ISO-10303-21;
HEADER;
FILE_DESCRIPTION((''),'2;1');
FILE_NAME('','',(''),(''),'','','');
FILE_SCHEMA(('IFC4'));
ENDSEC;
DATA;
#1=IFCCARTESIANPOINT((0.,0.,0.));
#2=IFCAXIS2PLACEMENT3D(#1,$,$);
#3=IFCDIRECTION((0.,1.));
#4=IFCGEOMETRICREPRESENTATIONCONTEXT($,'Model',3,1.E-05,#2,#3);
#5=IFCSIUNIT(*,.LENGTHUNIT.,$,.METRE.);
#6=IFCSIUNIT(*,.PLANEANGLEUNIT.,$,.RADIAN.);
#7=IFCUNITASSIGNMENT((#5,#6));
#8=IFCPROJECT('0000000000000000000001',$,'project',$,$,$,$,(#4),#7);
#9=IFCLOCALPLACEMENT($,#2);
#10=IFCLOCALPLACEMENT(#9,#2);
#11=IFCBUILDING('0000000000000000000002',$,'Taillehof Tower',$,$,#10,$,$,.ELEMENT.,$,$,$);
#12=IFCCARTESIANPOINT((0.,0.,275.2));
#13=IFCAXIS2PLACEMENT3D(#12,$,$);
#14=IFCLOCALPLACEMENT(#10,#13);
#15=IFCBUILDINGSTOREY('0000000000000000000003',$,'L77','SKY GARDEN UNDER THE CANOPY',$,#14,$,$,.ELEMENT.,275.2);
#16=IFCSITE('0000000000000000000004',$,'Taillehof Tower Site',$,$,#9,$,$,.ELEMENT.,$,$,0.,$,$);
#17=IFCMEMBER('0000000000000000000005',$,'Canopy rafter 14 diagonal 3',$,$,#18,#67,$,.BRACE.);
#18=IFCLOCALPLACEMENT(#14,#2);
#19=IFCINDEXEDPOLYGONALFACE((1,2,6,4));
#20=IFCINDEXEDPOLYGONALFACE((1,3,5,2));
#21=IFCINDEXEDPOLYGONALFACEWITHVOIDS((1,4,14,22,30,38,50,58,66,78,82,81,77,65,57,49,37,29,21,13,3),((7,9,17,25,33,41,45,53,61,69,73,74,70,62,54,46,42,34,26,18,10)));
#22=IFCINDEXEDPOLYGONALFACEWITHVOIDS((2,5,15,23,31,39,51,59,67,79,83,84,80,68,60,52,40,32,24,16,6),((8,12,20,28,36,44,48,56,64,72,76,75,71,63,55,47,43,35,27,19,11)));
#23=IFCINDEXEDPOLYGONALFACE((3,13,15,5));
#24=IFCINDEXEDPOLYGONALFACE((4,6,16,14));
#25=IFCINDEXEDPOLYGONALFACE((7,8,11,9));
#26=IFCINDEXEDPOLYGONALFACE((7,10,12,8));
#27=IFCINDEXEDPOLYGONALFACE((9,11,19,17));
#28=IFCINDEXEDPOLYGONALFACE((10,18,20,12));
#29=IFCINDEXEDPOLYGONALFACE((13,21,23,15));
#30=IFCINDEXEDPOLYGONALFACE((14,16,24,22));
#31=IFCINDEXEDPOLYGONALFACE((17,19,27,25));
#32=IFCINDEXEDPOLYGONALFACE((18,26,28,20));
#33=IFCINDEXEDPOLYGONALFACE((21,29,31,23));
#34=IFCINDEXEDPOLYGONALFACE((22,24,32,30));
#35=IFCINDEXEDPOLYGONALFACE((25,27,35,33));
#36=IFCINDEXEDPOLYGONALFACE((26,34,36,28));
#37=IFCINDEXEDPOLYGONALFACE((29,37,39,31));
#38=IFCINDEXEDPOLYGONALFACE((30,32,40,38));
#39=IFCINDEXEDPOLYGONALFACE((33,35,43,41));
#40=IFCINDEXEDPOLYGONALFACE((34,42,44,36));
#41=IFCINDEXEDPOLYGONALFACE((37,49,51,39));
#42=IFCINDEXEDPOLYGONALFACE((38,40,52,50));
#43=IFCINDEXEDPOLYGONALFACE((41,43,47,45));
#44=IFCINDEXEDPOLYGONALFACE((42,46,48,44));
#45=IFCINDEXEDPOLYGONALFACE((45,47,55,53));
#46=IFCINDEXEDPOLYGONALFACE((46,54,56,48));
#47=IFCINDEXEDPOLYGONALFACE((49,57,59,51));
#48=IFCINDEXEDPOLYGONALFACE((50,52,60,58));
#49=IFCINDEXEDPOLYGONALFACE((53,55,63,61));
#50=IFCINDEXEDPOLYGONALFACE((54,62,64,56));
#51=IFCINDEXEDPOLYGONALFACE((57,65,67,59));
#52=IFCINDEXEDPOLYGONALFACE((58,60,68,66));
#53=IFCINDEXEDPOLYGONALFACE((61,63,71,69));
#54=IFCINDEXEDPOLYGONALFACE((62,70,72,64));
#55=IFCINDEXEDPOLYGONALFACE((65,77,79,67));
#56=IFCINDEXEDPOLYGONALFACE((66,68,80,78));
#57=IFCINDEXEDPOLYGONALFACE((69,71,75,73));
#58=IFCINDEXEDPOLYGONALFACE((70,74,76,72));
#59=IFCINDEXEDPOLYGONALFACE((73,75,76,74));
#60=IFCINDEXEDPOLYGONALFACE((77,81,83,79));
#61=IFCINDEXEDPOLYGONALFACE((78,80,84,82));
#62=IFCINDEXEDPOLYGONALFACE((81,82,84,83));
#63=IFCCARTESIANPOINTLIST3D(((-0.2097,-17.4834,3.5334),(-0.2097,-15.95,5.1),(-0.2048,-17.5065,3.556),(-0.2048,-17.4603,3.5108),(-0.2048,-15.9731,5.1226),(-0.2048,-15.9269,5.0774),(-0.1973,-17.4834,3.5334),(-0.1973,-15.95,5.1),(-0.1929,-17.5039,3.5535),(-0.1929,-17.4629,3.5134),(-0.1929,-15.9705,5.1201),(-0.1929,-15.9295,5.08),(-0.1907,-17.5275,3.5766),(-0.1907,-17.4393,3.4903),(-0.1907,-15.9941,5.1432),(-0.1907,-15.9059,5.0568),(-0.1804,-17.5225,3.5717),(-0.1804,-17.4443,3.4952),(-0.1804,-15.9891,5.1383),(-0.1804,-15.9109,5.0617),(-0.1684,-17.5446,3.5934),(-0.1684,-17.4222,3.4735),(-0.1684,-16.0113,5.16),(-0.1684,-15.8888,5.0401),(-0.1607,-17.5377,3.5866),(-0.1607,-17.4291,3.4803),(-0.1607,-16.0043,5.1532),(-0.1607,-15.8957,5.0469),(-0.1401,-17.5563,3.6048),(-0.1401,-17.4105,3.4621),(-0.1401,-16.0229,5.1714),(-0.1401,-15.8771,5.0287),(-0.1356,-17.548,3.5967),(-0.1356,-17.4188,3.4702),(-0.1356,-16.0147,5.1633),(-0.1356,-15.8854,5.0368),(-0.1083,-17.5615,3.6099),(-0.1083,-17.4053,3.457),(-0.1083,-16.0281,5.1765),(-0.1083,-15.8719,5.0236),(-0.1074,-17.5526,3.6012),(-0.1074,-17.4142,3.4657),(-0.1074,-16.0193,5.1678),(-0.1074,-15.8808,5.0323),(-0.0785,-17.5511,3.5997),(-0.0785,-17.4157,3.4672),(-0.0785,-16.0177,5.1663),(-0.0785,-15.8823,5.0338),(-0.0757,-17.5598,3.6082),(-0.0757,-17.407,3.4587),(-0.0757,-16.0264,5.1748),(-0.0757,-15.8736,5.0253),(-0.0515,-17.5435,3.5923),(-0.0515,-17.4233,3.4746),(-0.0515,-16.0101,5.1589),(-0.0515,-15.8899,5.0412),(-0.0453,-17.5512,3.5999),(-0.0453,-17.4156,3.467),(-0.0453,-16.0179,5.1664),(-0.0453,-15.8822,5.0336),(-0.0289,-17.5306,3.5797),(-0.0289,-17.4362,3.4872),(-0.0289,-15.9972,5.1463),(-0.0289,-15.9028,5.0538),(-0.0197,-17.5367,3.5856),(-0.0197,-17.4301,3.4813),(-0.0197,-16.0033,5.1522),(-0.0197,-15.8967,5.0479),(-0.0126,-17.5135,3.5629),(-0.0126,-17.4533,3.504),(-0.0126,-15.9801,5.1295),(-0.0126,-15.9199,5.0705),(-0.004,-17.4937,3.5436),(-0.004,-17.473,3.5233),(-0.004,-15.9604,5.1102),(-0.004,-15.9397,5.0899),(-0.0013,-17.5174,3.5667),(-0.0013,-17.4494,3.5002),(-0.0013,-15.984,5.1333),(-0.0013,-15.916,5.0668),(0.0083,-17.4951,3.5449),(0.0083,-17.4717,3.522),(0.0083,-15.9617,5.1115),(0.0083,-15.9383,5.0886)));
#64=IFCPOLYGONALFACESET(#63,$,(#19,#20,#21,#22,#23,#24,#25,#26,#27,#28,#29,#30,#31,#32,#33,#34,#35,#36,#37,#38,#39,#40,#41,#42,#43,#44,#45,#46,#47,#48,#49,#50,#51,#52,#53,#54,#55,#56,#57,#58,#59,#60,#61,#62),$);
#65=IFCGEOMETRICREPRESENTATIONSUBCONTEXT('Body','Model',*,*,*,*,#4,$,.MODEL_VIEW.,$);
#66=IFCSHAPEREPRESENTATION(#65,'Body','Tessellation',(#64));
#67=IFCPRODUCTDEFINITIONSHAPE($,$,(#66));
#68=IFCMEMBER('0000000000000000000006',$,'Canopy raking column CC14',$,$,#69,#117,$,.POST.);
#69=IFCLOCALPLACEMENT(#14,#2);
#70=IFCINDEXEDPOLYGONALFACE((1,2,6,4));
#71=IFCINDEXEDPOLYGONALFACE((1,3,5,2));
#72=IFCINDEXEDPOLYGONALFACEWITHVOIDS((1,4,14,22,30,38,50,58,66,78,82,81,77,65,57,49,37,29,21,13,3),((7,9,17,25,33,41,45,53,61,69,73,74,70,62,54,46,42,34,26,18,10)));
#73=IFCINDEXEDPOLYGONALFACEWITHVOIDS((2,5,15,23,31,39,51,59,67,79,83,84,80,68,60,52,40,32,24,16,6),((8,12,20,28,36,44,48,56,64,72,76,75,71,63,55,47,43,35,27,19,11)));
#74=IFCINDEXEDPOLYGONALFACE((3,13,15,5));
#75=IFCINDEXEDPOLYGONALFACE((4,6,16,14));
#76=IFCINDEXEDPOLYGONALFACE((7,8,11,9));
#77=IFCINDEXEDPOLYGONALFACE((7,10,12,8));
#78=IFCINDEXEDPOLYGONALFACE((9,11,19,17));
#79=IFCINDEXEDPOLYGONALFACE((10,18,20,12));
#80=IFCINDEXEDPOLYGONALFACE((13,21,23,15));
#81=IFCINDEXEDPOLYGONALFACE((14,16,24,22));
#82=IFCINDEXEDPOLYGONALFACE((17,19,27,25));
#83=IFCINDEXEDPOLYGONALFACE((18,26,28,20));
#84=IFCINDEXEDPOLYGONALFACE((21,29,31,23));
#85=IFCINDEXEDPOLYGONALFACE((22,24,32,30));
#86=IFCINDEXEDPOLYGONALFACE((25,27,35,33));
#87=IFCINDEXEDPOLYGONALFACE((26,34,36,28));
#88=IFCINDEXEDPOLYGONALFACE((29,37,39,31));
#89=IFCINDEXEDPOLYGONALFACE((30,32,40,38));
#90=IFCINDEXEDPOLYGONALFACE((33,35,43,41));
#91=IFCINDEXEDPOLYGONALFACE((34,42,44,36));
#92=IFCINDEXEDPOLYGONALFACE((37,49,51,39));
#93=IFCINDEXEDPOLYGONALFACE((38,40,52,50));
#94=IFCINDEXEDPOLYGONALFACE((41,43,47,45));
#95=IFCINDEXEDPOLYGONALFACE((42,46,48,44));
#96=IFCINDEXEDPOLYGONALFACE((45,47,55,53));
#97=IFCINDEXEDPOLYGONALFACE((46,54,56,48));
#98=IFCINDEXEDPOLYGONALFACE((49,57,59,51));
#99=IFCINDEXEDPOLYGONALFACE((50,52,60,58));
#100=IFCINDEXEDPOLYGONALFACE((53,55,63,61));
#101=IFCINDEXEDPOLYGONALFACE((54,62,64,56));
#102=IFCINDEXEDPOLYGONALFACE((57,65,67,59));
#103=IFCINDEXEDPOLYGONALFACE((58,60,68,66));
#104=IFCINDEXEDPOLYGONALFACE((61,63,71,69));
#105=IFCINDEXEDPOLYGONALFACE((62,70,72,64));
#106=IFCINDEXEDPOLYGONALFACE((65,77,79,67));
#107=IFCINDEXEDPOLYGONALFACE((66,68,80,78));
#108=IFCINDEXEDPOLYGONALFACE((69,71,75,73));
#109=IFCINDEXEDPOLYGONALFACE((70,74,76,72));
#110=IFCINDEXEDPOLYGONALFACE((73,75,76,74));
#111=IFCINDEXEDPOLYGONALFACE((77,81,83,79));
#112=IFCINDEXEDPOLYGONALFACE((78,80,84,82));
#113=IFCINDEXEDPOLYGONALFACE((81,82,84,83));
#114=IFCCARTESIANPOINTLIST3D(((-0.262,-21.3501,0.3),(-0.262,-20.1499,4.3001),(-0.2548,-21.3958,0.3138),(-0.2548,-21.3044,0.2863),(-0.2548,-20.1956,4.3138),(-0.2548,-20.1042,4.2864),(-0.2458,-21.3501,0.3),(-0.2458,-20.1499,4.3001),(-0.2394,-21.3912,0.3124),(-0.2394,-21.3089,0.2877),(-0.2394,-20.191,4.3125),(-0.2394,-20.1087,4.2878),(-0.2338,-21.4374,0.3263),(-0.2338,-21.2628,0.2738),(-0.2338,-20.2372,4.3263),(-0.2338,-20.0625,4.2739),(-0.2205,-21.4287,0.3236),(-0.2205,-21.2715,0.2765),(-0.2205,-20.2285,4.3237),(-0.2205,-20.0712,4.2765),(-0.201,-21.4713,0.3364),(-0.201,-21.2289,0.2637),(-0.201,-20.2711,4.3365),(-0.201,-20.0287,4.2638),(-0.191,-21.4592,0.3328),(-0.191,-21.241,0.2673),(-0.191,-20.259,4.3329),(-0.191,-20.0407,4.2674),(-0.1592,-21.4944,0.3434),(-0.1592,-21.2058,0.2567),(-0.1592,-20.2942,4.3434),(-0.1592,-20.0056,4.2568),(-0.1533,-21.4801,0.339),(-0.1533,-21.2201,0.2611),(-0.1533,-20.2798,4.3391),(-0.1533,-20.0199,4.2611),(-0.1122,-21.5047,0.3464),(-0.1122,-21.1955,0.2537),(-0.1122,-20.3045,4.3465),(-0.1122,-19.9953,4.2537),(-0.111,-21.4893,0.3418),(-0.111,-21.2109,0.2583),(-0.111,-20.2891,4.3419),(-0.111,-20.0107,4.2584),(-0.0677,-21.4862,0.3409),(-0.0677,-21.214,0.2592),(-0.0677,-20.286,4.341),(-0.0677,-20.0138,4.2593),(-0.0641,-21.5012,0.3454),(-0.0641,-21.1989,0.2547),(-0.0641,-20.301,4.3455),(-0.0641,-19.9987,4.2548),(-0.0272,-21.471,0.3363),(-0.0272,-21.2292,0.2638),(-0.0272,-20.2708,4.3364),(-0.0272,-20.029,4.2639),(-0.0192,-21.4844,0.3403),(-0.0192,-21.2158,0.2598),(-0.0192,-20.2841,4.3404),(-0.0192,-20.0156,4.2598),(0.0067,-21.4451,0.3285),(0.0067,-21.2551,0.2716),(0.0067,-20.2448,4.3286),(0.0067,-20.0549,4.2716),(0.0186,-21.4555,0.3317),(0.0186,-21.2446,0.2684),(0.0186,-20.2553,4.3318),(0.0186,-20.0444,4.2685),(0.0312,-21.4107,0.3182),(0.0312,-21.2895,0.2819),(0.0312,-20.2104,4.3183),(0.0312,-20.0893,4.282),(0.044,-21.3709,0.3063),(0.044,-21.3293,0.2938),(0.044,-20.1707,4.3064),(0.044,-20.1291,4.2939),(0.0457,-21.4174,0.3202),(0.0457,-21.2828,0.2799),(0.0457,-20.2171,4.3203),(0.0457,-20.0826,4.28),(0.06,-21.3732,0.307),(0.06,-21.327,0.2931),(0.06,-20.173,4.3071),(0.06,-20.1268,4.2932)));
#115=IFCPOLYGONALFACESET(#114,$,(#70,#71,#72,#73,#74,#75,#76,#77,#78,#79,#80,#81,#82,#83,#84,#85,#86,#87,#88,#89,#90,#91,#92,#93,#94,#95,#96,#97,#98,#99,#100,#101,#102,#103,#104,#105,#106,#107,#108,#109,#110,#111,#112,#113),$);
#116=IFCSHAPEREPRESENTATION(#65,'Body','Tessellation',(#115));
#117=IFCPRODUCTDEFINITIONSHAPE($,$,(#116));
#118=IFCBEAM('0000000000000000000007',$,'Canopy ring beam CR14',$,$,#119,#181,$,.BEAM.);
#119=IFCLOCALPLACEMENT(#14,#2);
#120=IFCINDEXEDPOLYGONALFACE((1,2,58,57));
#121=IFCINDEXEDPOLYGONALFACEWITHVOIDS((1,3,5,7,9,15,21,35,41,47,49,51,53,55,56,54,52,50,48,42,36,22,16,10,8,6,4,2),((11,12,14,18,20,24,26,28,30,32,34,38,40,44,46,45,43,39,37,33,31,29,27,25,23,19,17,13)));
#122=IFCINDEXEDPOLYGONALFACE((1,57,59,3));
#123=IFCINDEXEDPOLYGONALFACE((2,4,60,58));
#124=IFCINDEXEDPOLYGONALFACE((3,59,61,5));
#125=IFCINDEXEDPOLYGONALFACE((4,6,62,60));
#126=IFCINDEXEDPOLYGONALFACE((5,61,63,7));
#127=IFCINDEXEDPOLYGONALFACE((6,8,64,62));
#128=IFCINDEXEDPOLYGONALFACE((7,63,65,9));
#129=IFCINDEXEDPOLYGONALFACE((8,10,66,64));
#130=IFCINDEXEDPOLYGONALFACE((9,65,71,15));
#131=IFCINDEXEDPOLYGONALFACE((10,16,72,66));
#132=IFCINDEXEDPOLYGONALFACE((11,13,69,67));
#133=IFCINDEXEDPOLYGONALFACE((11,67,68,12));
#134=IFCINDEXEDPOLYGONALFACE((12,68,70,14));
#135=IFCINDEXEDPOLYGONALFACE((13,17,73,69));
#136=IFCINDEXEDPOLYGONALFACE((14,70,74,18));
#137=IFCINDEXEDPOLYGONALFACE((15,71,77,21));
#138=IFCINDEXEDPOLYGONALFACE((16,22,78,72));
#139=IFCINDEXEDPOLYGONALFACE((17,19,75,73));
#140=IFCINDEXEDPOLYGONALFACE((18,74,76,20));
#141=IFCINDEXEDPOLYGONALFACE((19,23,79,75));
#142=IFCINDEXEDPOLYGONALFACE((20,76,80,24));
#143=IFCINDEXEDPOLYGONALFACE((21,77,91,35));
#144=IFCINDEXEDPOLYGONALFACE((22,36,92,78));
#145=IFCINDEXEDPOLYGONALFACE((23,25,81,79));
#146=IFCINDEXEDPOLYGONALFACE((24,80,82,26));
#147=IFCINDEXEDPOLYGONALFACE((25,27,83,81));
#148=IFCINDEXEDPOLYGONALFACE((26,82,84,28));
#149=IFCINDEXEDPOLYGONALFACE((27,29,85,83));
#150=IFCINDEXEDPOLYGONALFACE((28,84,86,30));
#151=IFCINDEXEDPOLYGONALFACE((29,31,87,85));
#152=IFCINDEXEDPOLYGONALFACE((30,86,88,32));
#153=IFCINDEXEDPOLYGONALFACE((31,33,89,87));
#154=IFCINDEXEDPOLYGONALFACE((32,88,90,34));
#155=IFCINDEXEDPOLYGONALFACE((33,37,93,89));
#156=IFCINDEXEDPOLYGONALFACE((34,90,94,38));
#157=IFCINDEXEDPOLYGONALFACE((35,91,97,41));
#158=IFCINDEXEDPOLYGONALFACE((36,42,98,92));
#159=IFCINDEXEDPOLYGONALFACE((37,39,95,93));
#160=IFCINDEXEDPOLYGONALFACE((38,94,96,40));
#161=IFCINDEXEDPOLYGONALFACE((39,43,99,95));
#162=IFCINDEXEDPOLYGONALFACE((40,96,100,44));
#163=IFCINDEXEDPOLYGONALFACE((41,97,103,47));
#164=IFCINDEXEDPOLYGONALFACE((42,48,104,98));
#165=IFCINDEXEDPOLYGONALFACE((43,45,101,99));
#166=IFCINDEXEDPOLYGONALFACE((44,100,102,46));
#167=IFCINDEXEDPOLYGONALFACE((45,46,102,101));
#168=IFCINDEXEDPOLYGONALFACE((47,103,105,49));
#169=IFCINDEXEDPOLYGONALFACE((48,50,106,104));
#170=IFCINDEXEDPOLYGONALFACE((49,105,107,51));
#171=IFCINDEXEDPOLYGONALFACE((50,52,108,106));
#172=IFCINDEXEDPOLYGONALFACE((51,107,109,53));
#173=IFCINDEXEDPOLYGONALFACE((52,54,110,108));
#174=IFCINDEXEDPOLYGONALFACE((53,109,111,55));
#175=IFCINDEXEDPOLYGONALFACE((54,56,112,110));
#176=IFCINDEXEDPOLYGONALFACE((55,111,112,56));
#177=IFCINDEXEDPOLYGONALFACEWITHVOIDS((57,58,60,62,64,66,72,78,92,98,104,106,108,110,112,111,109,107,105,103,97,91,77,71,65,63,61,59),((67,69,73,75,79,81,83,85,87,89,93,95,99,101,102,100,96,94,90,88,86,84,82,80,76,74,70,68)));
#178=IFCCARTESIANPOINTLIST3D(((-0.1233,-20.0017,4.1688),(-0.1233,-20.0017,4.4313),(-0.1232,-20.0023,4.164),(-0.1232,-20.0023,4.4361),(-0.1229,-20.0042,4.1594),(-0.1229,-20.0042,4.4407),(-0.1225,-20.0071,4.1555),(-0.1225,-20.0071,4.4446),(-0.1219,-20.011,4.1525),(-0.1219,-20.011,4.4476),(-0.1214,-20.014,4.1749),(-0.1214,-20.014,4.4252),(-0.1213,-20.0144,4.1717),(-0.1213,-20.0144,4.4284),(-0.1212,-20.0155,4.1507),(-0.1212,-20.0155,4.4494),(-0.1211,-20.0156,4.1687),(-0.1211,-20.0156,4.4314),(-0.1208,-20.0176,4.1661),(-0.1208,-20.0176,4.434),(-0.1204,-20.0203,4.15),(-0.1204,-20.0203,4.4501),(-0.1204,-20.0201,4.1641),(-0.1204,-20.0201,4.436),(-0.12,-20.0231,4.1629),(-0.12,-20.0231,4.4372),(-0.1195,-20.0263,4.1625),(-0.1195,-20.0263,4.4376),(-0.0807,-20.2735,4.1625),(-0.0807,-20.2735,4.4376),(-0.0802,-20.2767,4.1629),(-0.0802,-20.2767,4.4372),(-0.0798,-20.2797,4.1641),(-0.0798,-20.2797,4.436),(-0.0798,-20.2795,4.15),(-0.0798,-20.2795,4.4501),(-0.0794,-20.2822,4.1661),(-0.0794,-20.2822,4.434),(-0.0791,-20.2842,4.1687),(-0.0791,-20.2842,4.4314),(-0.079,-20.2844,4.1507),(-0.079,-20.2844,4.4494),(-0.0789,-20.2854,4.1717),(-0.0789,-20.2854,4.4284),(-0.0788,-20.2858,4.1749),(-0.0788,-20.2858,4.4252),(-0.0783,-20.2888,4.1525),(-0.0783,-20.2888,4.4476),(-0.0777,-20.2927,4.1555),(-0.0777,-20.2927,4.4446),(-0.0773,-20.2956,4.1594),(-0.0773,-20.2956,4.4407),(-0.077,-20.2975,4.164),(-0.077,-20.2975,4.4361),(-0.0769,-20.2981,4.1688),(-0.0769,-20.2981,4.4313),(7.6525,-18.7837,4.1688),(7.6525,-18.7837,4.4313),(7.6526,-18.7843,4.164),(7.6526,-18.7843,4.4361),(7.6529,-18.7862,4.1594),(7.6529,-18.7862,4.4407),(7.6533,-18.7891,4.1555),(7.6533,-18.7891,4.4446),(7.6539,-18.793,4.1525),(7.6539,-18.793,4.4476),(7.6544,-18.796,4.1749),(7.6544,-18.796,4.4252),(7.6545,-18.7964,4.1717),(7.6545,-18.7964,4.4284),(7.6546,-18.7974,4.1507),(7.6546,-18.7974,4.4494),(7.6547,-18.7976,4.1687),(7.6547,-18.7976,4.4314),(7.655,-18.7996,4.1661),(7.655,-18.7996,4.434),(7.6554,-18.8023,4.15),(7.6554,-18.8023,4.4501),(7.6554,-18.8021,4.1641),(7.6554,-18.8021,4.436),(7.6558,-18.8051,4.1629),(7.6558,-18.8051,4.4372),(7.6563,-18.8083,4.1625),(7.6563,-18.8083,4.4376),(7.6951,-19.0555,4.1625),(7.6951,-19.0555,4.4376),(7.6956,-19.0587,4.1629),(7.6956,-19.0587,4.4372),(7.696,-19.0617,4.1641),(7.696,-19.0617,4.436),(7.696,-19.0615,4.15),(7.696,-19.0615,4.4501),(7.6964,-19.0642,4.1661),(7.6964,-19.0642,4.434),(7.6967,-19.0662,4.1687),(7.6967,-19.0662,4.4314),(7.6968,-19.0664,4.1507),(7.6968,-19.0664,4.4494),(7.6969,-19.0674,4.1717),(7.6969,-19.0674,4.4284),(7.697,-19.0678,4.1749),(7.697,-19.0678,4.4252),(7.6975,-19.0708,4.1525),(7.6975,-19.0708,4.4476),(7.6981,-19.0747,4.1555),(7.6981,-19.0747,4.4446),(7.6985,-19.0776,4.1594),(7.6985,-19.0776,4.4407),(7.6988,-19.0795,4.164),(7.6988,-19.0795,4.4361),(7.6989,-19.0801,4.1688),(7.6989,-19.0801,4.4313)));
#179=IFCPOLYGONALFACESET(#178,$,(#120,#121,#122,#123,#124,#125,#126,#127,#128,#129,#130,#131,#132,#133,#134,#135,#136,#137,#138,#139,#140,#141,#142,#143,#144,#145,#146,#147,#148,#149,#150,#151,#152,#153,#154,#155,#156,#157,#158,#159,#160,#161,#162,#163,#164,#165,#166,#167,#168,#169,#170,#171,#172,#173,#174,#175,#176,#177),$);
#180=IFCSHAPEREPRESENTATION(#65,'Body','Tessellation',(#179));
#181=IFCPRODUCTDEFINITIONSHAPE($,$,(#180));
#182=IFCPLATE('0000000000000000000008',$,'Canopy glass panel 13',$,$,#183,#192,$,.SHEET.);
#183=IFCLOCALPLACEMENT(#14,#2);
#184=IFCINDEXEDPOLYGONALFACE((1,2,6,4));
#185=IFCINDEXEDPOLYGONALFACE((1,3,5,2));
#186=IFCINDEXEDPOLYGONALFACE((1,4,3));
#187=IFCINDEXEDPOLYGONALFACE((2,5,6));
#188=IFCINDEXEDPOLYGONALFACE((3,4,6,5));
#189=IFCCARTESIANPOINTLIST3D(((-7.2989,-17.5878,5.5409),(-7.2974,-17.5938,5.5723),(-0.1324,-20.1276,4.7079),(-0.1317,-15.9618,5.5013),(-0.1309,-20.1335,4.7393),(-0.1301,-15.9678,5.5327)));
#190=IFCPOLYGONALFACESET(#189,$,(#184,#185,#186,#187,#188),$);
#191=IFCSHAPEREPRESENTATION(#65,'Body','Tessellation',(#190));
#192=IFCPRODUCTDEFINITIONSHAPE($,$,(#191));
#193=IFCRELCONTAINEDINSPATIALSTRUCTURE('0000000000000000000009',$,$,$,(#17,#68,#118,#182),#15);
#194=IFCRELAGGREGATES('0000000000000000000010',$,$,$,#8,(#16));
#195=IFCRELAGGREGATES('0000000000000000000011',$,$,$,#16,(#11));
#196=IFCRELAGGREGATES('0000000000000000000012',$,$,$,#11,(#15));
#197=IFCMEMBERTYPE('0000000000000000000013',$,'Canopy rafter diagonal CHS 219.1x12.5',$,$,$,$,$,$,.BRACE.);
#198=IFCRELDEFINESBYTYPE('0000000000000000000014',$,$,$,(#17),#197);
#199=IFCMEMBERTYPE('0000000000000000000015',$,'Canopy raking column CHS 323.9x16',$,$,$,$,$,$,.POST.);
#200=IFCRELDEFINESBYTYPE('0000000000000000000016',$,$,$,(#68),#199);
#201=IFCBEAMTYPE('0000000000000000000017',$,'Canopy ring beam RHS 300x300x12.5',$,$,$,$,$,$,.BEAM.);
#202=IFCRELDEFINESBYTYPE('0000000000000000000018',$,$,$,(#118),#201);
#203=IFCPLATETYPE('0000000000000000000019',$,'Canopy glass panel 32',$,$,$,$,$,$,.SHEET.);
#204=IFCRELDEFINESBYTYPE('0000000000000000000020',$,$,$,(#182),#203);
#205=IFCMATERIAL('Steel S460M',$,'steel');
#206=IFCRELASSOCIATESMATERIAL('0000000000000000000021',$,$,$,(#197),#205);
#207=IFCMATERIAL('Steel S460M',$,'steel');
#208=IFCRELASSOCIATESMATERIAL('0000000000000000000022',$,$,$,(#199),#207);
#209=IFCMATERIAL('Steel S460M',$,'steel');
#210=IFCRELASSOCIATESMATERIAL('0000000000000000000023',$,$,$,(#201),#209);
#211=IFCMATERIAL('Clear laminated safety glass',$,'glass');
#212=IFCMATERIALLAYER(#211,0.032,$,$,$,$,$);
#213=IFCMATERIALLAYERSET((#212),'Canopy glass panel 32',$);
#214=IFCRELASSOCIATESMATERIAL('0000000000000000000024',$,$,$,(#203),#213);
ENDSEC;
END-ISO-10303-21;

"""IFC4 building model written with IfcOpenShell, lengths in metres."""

from ifc_helpers import new_model, si_unit, direction, frame, origin, origin_2d, place, context, subcontext, project, spatial, polyline, hollow_rectangle, hollow_circle, outline, extrude, material, layer, layer_set, material_profile, profile_set, type_object, element, save


model = new_model("IFC4")

# Units and contexts
model_context = context("Model", 3, precision=1e-05, world=origin(), true_north=direction((0.0, 1.0)))
body_context = subcontext(model_context, "Body", "Model", "MODEL_VIEW")
ifc_project = project(units=[si_unit("LENGTHUNIT", "METRE"), si_unit("PLANEANGLEUNIT", "RADIAN")], contexts=[model_context])

# Site, building, storey
site_placement = place(None, origin())
site = spatial("IfcSite", under=ifc_project, at=site_placement, Name="Taillehof Tower Site", CompositionType="ELEMENT", RefElevation=0.0)
building_placement = place(site_placement, origin())
building = spatial("IfcBuilding", under=site, at=building_placement, Name="Taillehof Tower", CompositionType="ELEMENT")
storey_placement = place(building_placement, frame((0.0, 0.0, 275.2)))
storey = spatial("IfcBuildingStorey", under=building, at=storey_placement, Name="L77", Description="SKY GARDEN UNDER THE CANOPY", CompositionType="ELEMENT", Elevation=275.2)

# Members
ifc_material_1 = material(Name="Steel S460M", Category="steel")
ifc_material_profile_1 = material_profile(ifc_material_1, hollow_circle(Radius=0.1096, WallThickness=0.0125, at=origin_2d()), Name="CHS 219.1x12.5")
ifc_profile_set_1 = profile_set([ifc_material_profile_1], Name="Steel S460M")
member_type_1 = type_object("IfcMemberType", Name="Canopy rafter diagonal CHS 219.1x12.5", PredefinedType="BRACE", material=ifc_profile_set_1)
member_1_placement = place(storey_placement, frame((-0.1001, -17.4834, 3.5334), z_axis=(0.0, 0.699493, 0.714639), x_axis=(-1.0, 0.0, 0.0)))
element("IfcMember", 1, at=member_1_placement, inside=storey, type_object=member_type_1, Name="Canopy rafter 14 diagonal 3", PredefinedType="BRACE", context=body_context, shape_type="SweptSolid", body=[
    extrude(hollow_circle(Radius=0.1096, WallThickness=0.0125, at=origin_2d()), origin(), (0.0, 0.0, 1.0), 2.1921),
])
ifc_material_2 = material(Name="Steel S460M", Category="steel")
ifc_material_profile_2 = material_profile(ifc_material_2, hollow_circle(Radius=0.1619, WallThickness=0.0161, at=origin_2d()), Name="CHS 323.9x16")
ifc_profile_set_2 = profile_set([ifc_material_profile_2], Name="Steel S460M")
member_type_2 = type_object("IfcMemberType", Name="Canopy raking column CHS 323.9x16", PredefinedType="POST", material=ifc_profile_set_2)
member_2_placement = place(storey_placement, frame((-0.1001, -21.3501, 0.3), z_axis=(0.0, 0.287391, 0.957813), x_axis=(-1.0, 0.0, 0.0)))
element("IfcMember", 2, at=member_2_placement, inside=storey, type_object=member_type_2, Name="Canopy raking column CC14", PredefinedType="POST", context=body_context, shape_type="SweptSolid", body=[
    extrude(hollow_circle(Radius=0.1619, WallThickness=0.0161, at=origin_2d()), origin(), (0.0, 0.0, 1.0), 4.1763),
])

# Beam
ifc_material_3 = material(Name="Steel S460M", Category="steel")
ifc_material_profile_3 = material_profile(ifc_material_3, hollow_rectangle(XDim=0.3, YDim=0.3, WallThickness=0.0125, InnerFilletRadius=0.0125, OuterFilletRadius=0.0188, at=origin_2d()), Name="RHS 300x300x12.5")
ifc_profile_set_3 = profile_set([ifc_material_profile_3], Name="Steel S460M")
beam_type_1 = type_object("IfcBeamType", Name="Canopy ring beam RHS 300x300x12.5", PredefinedType="BEAM", material=ifc_profile_set_3)
beam_1_placement = place(storey_placement, frame((-0.1001, -20.1499, 4.3), z_axis=(0.987953, 0.154753, 0.0), x_axis=(-0.154753, 0.987953, 0.0)))
element("IfcBeam", 3, at=beam_1_placement, inside=storey, type_object=beam_type_1, Name="Canopy ring beam CR14", PredefinedType="BEAM", context=body_context, shape_type="SweptSolid", body=[
    extrude(hollow_rectangle(XDim=0.3, YDim=0.3, WallThickness=0.0125, InnerFilletRadius=0.0125, OuterFilletRadius=0.0188, at=origin_2d()), origin(), (0.0, 0.0, 1.0), 7.8706),
])

# Plate
ifc_material_4 = material(Name="Clear laminated safety glass", Category="glass")
ifc_layer_1 = layer(ifc_material_4, 0.032)
ifc_layer_set_1 = layer_set([ifc_layer_1], Name="Canopy glass panel 32")
plate_type = type_object("IfcPlateType", Name="Canopy glass panel 32", PredefinedType="SHEET", material=ifc_layer_set_1)
plate_1_placement = place(storey_placement, frame((-0.1309, -20.1335, 4.7393), z_axis=(0.047815, -0.186901, 0.981214), x_axis=(0.000173, 0.98234, 0.187107)))
element("IfcPlate", 4, at=plate_1_placement, inside=storey, type_object=plate_type, Name="Canopy glass panel 13", PredefinedType="SHEET", context=body_context, shape_type="SweptSolid", body=[
    extrude(outline(polyline([(0.0, 0.0), (4.2407, 0.0), (2.6496, 7.1752), (0.0, 0.0)])), origin(), (0.0, 0.0, -1.0), 0.032),
])

save(model, "model.ifc")
